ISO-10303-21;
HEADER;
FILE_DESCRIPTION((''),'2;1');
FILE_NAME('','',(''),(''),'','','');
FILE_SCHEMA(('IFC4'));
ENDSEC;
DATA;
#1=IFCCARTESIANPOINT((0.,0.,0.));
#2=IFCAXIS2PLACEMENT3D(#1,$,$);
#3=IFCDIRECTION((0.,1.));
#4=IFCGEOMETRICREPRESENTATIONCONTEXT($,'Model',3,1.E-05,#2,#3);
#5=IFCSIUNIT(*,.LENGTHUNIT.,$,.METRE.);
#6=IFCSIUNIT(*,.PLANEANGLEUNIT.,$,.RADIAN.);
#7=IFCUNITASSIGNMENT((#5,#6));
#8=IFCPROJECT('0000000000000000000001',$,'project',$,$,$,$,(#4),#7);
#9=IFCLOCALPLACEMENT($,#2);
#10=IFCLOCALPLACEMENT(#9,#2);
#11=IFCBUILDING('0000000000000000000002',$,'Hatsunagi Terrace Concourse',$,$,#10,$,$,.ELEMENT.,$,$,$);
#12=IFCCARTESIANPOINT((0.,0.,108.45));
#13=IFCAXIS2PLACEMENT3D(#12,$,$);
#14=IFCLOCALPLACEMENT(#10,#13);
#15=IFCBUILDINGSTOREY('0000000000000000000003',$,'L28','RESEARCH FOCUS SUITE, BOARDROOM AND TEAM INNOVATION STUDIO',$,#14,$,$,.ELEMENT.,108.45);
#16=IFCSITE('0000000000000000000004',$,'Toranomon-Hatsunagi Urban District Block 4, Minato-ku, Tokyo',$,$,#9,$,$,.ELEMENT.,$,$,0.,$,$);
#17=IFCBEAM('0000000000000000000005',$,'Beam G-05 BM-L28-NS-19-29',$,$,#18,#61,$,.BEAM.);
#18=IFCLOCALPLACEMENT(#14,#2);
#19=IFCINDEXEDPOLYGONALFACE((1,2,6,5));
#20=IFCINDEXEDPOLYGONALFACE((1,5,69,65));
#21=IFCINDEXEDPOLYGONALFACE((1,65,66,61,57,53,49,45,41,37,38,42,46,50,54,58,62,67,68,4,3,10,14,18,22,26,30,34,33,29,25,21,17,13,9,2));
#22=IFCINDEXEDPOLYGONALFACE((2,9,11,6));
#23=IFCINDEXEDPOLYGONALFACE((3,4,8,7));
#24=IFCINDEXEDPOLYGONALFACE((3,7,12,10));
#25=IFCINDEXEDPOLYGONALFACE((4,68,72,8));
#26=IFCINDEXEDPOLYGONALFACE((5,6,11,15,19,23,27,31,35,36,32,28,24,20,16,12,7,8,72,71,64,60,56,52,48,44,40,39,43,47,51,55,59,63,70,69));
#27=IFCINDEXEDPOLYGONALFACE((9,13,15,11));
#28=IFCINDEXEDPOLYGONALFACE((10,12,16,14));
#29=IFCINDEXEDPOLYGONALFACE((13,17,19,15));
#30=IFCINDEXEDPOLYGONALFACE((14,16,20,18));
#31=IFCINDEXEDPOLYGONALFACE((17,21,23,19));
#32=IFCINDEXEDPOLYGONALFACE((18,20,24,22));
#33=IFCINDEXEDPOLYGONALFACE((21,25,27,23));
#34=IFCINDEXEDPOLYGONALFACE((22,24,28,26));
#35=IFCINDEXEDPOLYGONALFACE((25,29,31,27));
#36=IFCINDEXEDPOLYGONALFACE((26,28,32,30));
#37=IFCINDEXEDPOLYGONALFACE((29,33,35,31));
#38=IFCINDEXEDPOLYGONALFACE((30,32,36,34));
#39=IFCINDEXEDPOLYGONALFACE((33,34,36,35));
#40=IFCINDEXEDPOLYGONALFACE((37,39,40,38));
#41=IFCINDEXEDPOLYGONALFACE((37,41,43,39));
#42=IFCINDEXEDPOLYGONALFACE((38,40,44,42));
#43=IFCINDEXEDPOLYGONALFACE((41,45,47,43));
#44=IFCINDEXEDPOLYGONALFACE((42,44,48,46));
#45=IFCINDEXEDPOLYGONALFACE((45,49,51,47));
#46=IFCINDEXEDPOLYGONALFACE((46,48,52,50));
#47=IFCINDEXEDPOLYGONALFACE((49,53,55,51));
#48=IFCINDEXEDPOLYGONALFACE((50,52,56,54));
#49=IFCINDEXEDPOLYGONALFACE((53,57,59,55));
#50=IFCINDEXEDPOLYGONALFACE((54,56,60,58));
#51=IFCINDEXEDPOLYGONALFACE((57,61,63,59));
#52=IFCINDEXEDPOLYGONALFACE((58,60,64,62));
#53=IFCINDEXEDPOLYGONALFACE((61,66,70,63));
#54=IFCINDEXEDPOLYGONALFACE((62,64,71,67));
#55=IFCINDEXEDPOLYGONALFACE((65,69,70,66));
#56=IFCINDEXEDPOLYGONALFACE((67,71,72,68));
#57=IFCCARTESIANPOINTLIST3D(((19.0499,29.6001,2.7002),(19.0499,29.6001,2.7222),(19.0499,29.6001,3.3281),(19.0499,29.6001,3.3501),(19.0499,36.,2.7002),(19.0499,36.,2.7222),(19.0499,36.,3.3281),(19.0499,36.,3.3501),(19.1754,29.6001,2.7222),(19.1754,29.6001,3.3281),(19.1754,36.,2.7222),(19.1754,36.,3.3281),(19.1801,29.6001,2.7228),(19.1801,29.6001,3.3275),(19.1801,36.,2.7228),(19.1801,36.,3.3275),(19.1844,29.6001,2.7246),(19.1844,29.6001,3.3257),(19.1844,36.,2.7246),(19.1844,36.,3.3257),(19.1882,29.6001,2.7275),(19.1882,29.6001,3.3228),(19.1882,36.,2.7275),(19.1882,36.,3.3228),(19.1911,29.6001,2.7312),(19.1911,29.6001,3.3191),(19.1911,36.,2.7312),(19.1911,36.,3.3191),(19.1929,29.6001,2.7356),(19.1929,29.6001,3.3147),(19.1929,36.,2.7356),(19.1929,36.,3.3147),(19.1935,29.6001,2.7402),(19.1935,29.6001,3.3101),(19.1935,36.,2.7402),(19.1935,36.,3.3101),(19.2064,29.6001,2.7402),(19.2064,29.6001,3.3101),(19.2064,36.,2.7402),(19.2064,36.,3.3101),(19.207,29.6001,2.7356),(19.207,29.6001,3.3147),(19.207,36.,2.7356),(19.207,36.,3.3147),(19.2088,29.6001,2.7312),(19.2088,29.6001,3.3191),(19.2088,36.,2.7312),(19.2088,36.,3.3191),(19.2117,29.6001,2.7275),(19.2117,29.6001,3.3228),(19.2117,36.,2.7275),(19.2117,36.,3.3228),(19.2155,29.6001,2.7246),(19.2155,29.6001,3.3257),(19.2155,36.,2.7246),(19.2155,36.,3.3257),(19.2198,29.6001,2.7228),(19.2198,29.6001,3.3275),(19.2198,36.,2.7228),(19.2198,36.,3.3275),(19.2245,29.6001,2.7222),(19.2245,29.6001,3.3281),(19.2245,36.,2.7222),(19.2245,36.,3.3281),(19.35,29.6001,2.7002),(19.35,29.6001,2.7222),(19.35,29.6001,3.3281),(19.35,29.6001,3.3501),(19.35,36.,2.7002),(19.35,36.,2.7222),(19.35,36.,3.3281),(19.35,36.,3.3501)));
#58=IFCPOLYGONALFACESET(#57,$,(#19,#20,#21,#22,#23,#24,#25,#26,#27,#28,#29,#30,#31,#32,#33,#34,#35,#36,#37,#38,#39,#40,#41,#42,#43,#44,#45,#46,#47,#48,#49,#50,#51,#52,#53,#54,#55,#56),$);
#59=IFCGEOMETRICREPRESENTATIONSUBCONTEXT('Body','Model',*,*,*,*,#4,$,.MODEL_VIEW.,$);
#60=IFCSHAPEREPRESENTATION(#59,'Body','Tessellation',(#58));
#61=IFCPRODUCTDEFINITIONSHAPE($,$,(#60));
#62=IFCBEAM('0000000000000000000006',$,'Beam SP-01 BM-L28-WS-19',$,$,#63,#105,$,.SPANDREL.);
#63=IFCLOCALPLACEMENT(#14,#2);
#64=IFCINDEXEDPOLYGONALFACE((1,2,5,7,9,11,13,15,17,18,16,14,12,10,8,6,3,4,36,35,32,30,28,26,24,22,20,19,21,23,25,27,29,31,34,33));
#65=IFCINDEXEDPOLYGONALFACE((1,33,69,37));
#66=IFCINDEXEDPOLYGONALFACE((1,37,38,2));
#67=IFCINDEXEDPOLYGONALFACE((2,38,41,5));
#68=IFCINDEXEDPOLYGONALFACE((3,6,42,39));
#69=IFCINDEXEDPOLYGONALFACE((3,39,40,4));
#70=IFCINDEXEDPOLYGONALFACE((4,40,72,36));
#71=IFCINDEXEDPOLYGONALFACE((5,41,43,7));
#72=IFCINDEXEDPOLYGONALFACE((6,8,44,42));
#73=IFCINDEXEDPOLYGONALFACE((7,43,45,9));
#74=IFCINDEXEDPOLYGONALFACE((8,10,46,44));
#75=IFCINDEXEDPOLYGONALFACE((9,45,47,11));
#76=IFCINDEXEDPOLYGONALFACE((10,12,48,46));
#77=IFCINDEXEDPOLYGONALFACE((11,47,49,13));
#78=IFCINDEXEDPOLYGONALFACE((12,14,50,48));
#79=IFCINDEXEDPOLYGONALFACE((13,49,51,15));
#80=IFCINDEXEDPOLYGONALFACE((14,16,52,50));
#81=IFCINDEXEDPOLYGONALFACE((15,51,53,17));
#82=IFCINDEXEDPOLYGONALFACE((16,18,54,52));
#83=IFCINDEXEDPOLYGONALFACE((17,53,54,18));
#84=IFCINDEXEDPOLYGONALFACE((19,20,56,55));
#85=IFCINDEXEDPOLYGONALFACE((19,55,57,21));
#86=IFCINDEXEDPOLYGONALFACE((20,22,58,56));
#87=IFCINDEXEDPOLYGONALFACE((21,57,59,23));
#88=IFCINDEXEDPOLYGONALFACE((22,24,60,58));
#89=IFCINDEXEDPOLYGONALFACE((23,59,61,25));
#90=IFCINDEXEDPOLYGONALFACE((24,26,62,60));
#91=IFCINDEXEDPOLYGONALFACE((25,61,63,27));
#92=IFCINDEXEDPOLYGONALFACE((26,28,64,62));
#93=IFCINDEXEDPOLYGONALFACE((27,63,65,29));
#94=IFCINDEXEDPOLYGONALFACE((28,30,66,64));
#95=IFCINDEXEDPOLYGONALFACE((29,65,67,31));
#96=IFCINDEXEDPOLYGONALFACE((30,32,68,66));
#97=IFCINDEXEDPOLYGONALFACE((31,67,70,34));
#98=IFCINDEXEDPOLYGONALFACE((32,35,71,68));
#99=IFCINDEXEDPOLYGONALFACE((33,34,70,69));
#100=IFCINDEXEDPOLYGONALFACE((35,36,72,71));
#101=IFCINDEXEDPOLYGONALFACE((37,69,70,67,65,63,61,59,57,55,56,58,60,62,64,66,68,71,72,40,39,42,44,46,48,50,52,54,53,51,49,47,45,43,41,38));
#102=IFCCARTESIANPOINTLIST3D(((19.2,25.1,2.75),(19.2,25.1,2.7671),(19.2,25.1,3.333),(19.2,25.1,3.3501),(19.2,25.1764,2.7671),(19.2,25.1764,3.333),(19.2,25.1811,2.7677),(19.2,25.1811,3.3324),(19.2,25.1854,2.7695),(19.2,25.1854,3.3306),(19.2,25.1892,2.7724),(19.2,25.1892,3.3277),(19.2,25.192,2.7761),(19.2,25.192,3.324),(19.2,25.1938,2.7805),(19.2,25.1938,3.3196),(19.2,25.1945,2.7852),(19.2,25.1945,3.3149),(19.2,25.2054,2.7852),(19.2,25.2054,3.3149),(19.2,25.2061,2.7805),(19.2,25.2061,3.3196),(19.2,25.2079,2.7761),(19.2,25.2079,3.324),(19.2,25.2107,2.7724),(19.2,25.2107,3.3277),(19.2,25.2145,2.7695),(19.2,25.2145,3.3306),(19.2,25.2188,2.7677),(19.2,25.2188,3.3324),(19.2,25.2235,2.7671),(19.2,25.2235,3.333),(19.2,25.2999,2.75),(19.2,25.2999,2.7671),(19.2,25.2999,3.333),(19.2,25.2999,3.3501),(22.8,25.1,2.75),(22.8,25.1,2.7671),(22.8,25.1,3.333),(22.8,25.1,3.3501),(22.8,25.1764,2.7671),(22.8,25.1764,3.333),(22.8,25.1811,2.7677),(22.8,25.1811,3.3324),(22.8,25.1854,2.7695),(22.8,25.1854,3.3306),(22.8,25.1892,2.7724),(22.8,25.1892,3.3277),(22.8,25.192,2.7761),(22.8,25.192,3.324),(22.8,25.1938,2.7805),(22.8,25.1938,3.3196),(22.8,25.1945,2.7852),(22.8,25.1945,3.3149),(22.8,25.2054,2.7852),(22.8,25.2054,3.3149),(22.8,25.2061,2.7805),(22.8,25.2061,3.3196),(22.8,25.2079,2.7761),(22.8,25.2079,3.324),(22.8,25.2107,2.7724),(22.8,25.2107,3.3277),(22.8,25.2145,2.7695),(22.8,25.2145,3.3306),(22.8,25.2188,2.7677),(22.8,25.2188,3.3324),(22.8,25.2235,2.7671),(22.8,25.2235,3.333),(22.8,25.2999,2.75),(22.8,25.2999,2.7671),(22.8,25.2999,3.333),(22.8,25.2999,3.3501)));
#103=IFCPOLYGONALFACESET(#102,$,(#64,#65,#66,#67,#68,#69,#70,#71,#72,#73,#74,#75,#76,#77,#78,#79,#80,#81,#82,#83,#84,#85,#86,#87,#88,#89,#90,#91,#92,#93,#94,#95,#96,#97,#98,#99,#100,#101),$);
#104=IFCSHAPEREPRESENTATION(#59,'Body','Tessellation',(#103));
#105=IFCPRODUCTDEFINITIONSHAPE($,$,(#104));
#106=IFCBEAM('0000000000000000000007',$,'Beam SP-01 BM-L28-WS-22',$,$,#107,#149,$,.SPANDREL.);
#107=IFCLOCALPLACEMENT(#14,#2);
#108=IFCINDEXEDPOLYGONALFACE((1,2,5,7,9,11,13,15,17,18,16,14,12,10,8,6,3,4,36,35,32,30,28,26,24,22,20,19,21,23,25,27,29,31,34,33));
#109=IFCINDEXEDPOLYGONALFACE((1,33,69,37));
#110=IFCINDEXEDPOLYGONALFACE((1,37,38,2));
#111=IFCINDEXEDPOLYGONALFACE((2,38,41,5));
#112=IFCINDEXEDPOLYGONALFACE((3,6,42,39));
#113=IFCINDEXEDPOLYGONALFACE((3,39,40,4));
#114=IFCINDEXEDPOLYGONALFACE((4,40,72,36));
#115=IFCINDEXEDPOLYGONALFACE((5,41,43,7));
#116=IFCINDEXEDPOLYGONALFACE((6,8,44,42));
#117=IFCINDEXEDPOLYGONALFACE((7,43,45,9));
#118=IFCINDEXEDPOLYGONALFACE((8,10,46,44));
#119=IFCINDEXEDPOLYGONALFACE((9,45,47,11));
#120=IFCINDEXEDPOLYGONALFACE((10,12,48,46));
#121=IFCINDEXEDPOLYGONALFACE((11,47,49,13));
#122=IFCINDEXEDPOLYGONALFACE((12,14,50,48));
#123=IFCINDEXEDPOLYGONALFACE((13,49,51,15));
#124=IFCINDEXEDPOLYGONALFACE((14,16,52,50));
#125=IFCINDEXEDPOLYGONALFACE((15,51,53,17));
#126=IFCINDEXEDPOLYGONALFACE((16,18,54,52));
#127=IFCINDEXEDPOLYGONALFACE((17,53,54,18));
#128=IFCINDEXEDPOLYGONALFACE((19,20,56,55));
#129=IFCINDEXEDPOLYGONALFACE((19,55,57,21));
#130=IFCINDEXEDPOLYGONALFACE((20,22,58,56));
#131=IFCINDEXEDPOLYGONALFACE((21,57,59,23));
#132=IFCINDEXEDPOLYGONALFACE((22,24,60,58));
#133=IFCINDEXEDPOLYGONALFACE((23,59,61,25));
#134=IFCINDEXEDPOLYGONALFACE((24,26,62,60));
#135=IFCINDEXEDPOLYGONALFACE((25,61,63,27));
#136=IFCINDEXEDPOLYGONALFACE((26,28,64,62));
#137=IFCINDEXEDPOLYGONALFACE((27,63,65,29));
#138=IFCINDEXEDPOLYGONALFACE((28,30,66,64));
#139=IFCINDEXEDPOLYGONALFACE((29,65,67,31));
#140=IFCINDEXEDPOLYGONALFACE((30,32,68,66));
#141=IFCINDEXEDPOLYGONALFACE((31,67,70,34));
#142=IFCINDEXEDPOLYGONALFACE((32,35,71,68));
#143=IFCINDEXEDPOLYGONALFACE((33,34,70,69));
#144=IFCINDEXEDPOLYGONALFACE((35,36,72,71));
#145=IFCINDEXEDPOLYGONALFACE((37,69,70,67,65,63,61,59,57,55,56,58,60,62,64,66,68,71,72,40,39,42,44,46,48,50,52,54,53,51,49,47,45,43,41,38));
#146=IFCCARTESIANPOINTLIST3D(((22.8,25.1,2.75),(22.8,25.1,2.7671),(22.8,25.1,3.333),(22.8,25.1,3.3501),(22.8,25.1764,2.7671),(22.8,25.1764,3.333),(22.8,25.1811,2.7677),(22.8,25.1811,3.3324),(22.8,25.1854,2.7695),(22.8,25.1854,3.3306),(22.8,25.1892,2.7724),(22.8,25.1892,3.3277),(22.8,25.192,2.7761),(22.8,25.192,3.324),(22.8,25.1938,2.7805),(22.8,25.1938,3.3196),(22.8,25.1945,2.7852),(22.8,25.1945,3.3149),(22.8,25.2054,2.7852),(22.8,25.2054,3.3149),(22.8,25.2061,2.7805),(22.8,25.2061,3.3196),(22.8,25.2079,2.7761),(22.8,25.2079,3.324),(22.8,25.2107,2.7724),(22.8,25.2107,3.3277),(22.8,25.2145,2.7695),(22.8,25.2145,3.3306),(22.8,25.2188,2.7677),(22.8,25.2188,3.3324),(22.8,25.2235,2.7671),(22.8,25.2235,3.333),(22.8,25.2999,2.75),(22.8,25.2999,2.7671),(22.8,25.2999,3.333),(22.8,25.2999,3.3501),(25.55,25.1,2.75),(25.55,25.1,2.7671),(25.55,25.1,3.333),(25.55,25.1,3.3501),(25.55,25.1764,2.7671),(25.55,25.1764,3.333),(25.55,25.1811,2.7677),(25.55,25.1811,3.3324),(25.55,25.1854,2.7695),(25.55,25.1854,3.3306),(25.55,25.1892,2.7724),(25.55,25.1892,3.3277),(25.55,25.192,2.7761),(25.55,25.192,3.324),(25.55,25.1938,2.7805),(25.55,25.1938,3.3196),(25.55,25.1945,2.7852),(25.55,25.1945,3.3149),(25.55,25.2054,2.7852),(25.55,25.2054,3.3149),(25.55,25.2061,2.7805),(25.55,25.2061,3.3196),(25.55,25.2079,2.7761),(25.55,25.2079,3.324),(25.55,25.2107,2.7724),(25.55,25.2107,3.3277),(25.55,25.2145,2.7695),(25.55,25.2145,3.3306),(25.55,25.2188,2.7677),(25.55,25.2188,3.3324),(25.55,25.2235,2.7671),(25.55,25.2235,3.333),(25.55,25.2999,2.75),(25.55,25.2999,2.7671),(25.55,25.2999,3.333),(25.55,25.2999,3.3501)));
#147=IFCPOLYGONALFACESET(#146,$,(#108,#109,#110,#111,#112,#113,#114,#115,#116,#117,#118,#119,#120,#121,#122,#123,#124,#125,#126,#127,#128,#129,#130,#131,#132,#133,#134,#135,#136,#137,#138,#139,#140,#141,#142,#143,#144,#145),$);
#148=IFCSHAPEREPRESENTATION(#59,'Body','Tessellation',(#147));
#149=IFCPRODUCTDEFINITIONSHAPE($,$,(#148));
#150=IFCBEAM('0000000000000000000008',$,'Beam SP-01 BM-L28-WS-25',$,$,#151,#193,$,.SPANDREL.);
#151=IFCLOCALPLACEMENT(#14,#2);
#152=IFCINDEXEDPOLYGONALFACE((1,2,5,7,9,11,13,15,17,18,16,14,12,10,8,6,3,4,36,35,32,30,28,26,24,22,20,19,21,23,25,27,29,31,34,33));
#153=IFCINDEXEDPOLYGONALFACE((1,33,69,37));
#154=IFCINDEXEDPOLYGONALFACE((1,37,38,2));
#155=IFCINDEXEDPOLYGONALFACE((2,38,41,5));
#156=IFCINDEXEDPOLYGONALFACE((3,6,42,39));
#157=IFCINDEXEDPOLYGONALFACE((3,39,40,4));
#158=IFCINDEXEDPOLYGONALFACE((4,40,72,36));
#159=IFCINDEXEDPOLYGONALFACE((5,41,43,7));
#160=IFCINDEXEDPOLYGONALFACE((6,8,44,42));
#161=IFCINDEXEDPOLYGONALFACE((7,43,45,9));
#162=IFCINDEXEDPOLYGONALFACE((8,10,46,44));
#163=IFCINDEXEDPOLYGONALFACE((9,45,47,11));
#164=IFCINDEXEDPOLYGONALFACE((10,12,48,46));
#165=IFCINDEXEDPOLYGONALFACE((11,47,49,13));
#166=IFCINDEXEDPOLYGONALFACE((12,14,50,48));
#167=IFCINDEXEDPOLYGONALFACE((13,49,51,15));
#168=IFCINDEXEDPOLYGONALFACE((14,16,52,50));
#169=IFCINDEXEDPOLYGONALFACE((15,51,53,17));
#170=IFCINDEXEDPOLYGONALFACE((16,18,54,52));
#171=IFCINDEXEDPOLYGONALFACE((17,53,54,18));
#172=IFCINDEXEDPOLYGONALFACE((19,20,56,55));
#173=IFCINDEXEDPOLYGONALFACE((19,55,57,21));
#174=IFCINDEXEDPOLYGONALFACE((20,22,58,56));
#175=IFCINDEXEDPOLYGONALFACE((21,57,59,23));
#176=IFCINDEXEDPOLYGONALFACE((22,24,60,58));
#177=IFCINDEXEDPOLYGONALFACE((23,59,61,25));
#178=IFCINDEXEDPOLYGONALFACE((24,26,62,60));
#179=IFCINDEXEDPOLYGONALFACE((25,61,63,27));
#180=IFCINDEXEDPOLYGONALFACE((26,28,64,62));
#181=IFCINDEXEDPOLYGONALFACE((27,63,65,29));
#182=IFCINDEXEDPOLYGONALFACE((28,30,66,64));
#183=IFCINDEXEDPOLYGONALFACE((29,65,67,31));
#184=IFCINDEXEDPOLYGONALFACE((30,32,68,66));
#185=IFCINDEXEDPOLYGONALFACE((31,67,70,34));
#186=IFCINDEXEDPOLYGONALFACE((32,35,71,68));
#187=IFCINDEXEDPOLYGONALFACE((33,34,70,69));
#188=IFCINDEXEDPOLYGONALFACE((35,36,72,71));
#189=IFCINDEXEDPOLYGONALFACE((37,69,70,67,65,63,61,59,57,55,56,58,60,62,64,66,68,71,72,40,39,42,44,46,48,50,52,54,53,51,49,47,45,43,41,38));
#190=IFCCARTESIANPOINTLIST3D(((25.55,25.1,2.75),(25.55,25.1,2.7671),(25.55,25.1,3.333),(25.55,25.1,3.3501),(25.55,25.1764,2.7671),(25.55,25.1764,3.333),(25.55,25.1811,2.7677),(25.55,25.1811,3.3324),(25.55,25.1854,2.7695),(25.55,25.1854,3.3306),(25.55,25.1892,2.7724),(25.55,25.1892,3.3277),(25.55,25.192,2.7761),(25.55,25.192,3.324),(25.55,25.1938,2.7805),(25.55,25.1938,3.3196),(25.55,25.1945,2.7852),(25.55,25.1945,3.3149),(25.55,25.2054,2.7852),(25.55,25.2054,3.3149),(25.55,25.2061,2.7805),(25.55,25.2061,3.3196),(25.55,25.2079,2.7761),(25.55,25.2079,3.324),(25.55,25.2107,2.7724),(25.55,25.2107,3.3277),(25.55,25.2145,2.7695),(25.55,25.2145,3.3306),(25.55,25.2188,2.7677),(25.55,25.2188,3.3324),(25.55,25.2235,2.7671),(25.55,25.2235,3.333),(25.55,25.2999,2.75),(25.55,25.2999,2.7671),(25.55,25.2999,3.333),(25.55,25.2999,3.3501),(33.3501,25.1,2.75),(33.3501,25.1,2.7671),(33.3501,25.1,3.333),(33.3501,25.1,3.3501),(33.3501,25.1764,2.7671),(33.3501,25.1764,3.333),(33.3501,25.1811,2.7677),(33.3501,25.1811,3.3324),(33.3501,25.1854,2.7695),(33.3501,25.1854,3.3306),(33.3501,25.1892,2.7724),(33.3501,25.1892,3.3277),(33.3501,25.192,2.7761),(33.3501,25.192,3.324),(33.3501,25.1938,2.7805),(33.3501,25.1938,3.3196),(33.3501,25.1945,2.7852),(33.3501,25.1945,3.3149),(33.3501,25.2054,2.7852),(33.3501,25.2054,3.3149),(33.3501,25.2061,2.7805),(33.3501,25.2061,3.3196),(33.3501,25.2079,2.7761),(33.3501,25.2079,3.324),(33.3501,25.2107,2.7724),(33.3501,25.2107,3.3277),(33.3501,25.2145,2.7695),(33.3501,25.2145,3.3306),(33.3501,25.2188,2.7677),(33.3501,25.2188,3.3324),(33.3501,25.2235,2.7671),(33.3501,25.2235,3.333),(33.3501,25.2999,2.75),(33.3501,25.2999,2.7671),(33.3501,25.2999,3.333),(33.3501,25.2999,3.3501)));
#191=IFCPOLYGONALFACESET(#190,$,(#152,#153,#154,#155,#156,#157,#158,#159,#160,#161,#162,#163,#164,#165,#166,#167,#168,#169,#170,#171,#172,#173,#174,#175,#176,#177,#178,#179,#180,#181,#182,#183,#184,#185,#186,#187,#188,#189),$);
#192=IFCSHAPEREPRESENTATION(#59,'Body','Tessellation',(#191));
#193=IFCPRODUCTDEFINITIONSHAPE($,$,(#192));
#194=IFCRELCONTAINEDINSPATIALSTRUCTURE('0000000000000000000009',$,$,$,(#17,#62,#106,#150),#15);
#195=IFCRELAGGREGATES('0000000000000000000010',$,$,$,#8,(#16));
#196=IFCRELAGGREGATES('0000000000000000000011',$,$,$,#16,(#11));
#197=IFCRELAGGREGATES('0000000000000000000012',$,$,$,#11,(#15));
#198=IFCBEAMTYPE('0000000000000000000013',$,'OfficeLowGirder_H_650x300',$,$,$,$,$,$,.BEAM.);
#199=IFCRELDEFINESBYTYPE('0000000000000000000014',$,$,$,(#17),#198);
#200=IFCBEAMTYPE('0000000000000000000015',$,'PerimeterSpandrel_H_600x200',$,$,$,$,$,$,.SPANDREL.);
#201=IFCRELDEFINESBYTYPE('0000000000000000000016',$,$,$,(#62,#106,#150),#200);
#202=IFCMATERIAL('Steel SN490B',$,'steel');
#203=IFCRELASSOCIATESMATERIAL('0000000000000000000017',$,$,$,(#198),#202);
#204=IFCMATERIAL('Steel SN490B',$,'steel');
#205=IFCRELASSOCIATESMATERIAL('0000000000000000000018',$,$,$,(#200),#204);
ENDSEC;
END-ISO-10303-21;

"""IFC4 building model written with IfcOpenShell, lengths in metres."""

from ifc_helpers import new_model, si_unit, direction, frame, origin, origin_2d, place, context, subcontext, project, spatial, i_section, extrude, material, material_profile, profile_set, type_object, element, save


model = new_model("IFC4")

# Units and contexts
model_context = context("Model", 3, precision=1e-05, world=origin(), true_north=direction((0.0, 1.0)))
body_context = subcontext(model_context, "Body", "Model", "MODEL_VIEW")
ifc_project = project(units=[si_unit("LENGTHUNIT", "METRE"), si_unit("PLANEANGLEUNIT", "RADIAN")], contexts=[model_context])

# Site, building, storey
site_placement = place(None, origin())
site = spatial("IfcSite", under=ifc_project, at=site_placement, Name="Toranomon-Hatsunagi Urban District Block 4, Minato-ku, Tokyo", CompositionType="ELEMENT", RefElevation=0.0)
building_placement = place(site_placement, origin())
building = spatial("IfcBuilding", under=site, at=building_placement, Name="Hatsunagi Terrace Concourse", CompositionType="ELEMENT")
storey_placement = place(building_placement, frame((0.0, 0.0, 108.45)))
storey = spatial("IfcBuildingStorey", under=building, at=storey_placement, Name="L28", Description="RESEARCH FOCUS SUITE, BOARDROOM AND TEAM INNOVATION STUDIO", CompositionType="ELEMENT", Elevation=108.45)

# Beams
ifc_material_1 = material(Name="Steel SN490B", Category="steel")
ifc_material_profile_1 = material_profile(ifc_material_1, i_section(OverallWidth=0.3, OverallDepth=0.6499, WebThickness=0.0129, FlangeThickness=0.022, FilletRadius=0.0181, at=origin_2d()), Name="H-650x300x13x22")
ifc_profile_set_1 = profile_set([ifc_material_profile_1], Name="Steel SN490B")
beam_type_1 = type_object("IfcBeamType", Name="OfficeLowGirder_H_650x300", PredefinedType="BEAM", material=ifc_profile_set_1)
beam_1_placement = place(storey_placement, frame((19.2, 29.6001, 3.0251), z_axis=(0.0, 1.0, 0.0), x_axis=(-1.0, 0.0, 0.0)))
element("IfcBeam", 1, at=beam_1_placement, inside=storey, type_object=beam_type_1, Name="Beam G-05 BM-L28-NS-19-29", PredefinedType="BEAM", context=body_context, shape_type="SweptSolid", body=[
    extrude(i_section(OverallWidth=0.3, OverallDepth=0.6499, WebThickness=0.0129, FlangeThickness=0.022, FilletRadius=0.0181, at=origin_2d()), origin(), (0.0, 0.0, 1.0), 6.3999),
])
ifc_material_2 = material(Name="Steel SN490B", Category="steel")
ifc_material_profile_2 = material_profile(ifc_material_2, i_section(OverallWidth=0.2, OverallDepth=0.6001, WebThickness=0.011, FlangeThickness=0.0171, FilletRadius=0.0181, at=origin_2d()), Name="H-600x200x11x17")
ifc_profile_set_2 = profile_set([ifc_material_profile_2], Name="Steel SN490B")
beam_type_2 = type_object("IfcBeamType", Name="PerimeterSpandrel_H_600x200", PredefinedType="SPANDREL", material=ifc_profile_set_2)
beam_2_placement = place(storey_placement, frame((19.2, 25.2, 3.05), z_axis=(1.0, 0.0, 0.0), x_axis=(0.0, 1.0, 0.0)))
element("IfcBeam", 2, at=beam_2_placement, inside=storey, type_object=beam_type_2, Name="Beam SP-01 BM-L28-WS-19", PredefinedType="SPANDREL", context=body_context, shape_type="SweptSolid", body=[
    extrude(i_section(OverallWidth=0.2, OverallDepth=0.6001, WebThickness=0.011, FlangeThickness=0.0171, FilletRadius=0.0181, at=origin_2d()), origin(), (0.0, 0.0, 1.0), 3.6001),
])
beam_3_placement = place(storey_placement, frame((22.8, 25.2, 3.05), z_axis=(1.0, 0.0, 0.0), x_axis=(0.0, 1.0, 0.0)))
element("IfcBeam", 3, at=beam_3_placement, inside=storey, type_object=beam_type_2, Name="Beam SP-01 BM-L28-WS-22", PredefinedType="SPANDREL", context=body_context, shape_type="SweptSolid", body=[
    extrude(i_section(OverallWidth=0.2, OverallDepth=0.6001, WebThickness=0.011, FlangeThickness=0.0171, FilletRadius=0.0181, at=origin_2d()), origin(), (0.0, 0.0, 1.0), 2.75),
])
beam_4_placement = place(storey_placement, frame((25.55, 25.2, 3.05), z_axis=(1.0, 0.0, 0.0), x_axis=(0.0, 1.0, 0.0)))
element("IfcBeam", 4, at=beam_4_placement, inside=storey, type_object=beam_type_2, Name="Beam SP-01 BM-L28-WS-25", PredefinedType="SPANDREL", context=body_context, shape_type="SweptSolid", body=[
    extrude(i_section(OverallWidth=0.2, OverallDepth=0.6001, WebThickness=0.011, FlangeThickness=0.0171, FilletRadius=0.0181, at=origin_2d()), origin(), (0.0, 0.0, 1.0), 7.8),
])

save(model, "model.ifc")
